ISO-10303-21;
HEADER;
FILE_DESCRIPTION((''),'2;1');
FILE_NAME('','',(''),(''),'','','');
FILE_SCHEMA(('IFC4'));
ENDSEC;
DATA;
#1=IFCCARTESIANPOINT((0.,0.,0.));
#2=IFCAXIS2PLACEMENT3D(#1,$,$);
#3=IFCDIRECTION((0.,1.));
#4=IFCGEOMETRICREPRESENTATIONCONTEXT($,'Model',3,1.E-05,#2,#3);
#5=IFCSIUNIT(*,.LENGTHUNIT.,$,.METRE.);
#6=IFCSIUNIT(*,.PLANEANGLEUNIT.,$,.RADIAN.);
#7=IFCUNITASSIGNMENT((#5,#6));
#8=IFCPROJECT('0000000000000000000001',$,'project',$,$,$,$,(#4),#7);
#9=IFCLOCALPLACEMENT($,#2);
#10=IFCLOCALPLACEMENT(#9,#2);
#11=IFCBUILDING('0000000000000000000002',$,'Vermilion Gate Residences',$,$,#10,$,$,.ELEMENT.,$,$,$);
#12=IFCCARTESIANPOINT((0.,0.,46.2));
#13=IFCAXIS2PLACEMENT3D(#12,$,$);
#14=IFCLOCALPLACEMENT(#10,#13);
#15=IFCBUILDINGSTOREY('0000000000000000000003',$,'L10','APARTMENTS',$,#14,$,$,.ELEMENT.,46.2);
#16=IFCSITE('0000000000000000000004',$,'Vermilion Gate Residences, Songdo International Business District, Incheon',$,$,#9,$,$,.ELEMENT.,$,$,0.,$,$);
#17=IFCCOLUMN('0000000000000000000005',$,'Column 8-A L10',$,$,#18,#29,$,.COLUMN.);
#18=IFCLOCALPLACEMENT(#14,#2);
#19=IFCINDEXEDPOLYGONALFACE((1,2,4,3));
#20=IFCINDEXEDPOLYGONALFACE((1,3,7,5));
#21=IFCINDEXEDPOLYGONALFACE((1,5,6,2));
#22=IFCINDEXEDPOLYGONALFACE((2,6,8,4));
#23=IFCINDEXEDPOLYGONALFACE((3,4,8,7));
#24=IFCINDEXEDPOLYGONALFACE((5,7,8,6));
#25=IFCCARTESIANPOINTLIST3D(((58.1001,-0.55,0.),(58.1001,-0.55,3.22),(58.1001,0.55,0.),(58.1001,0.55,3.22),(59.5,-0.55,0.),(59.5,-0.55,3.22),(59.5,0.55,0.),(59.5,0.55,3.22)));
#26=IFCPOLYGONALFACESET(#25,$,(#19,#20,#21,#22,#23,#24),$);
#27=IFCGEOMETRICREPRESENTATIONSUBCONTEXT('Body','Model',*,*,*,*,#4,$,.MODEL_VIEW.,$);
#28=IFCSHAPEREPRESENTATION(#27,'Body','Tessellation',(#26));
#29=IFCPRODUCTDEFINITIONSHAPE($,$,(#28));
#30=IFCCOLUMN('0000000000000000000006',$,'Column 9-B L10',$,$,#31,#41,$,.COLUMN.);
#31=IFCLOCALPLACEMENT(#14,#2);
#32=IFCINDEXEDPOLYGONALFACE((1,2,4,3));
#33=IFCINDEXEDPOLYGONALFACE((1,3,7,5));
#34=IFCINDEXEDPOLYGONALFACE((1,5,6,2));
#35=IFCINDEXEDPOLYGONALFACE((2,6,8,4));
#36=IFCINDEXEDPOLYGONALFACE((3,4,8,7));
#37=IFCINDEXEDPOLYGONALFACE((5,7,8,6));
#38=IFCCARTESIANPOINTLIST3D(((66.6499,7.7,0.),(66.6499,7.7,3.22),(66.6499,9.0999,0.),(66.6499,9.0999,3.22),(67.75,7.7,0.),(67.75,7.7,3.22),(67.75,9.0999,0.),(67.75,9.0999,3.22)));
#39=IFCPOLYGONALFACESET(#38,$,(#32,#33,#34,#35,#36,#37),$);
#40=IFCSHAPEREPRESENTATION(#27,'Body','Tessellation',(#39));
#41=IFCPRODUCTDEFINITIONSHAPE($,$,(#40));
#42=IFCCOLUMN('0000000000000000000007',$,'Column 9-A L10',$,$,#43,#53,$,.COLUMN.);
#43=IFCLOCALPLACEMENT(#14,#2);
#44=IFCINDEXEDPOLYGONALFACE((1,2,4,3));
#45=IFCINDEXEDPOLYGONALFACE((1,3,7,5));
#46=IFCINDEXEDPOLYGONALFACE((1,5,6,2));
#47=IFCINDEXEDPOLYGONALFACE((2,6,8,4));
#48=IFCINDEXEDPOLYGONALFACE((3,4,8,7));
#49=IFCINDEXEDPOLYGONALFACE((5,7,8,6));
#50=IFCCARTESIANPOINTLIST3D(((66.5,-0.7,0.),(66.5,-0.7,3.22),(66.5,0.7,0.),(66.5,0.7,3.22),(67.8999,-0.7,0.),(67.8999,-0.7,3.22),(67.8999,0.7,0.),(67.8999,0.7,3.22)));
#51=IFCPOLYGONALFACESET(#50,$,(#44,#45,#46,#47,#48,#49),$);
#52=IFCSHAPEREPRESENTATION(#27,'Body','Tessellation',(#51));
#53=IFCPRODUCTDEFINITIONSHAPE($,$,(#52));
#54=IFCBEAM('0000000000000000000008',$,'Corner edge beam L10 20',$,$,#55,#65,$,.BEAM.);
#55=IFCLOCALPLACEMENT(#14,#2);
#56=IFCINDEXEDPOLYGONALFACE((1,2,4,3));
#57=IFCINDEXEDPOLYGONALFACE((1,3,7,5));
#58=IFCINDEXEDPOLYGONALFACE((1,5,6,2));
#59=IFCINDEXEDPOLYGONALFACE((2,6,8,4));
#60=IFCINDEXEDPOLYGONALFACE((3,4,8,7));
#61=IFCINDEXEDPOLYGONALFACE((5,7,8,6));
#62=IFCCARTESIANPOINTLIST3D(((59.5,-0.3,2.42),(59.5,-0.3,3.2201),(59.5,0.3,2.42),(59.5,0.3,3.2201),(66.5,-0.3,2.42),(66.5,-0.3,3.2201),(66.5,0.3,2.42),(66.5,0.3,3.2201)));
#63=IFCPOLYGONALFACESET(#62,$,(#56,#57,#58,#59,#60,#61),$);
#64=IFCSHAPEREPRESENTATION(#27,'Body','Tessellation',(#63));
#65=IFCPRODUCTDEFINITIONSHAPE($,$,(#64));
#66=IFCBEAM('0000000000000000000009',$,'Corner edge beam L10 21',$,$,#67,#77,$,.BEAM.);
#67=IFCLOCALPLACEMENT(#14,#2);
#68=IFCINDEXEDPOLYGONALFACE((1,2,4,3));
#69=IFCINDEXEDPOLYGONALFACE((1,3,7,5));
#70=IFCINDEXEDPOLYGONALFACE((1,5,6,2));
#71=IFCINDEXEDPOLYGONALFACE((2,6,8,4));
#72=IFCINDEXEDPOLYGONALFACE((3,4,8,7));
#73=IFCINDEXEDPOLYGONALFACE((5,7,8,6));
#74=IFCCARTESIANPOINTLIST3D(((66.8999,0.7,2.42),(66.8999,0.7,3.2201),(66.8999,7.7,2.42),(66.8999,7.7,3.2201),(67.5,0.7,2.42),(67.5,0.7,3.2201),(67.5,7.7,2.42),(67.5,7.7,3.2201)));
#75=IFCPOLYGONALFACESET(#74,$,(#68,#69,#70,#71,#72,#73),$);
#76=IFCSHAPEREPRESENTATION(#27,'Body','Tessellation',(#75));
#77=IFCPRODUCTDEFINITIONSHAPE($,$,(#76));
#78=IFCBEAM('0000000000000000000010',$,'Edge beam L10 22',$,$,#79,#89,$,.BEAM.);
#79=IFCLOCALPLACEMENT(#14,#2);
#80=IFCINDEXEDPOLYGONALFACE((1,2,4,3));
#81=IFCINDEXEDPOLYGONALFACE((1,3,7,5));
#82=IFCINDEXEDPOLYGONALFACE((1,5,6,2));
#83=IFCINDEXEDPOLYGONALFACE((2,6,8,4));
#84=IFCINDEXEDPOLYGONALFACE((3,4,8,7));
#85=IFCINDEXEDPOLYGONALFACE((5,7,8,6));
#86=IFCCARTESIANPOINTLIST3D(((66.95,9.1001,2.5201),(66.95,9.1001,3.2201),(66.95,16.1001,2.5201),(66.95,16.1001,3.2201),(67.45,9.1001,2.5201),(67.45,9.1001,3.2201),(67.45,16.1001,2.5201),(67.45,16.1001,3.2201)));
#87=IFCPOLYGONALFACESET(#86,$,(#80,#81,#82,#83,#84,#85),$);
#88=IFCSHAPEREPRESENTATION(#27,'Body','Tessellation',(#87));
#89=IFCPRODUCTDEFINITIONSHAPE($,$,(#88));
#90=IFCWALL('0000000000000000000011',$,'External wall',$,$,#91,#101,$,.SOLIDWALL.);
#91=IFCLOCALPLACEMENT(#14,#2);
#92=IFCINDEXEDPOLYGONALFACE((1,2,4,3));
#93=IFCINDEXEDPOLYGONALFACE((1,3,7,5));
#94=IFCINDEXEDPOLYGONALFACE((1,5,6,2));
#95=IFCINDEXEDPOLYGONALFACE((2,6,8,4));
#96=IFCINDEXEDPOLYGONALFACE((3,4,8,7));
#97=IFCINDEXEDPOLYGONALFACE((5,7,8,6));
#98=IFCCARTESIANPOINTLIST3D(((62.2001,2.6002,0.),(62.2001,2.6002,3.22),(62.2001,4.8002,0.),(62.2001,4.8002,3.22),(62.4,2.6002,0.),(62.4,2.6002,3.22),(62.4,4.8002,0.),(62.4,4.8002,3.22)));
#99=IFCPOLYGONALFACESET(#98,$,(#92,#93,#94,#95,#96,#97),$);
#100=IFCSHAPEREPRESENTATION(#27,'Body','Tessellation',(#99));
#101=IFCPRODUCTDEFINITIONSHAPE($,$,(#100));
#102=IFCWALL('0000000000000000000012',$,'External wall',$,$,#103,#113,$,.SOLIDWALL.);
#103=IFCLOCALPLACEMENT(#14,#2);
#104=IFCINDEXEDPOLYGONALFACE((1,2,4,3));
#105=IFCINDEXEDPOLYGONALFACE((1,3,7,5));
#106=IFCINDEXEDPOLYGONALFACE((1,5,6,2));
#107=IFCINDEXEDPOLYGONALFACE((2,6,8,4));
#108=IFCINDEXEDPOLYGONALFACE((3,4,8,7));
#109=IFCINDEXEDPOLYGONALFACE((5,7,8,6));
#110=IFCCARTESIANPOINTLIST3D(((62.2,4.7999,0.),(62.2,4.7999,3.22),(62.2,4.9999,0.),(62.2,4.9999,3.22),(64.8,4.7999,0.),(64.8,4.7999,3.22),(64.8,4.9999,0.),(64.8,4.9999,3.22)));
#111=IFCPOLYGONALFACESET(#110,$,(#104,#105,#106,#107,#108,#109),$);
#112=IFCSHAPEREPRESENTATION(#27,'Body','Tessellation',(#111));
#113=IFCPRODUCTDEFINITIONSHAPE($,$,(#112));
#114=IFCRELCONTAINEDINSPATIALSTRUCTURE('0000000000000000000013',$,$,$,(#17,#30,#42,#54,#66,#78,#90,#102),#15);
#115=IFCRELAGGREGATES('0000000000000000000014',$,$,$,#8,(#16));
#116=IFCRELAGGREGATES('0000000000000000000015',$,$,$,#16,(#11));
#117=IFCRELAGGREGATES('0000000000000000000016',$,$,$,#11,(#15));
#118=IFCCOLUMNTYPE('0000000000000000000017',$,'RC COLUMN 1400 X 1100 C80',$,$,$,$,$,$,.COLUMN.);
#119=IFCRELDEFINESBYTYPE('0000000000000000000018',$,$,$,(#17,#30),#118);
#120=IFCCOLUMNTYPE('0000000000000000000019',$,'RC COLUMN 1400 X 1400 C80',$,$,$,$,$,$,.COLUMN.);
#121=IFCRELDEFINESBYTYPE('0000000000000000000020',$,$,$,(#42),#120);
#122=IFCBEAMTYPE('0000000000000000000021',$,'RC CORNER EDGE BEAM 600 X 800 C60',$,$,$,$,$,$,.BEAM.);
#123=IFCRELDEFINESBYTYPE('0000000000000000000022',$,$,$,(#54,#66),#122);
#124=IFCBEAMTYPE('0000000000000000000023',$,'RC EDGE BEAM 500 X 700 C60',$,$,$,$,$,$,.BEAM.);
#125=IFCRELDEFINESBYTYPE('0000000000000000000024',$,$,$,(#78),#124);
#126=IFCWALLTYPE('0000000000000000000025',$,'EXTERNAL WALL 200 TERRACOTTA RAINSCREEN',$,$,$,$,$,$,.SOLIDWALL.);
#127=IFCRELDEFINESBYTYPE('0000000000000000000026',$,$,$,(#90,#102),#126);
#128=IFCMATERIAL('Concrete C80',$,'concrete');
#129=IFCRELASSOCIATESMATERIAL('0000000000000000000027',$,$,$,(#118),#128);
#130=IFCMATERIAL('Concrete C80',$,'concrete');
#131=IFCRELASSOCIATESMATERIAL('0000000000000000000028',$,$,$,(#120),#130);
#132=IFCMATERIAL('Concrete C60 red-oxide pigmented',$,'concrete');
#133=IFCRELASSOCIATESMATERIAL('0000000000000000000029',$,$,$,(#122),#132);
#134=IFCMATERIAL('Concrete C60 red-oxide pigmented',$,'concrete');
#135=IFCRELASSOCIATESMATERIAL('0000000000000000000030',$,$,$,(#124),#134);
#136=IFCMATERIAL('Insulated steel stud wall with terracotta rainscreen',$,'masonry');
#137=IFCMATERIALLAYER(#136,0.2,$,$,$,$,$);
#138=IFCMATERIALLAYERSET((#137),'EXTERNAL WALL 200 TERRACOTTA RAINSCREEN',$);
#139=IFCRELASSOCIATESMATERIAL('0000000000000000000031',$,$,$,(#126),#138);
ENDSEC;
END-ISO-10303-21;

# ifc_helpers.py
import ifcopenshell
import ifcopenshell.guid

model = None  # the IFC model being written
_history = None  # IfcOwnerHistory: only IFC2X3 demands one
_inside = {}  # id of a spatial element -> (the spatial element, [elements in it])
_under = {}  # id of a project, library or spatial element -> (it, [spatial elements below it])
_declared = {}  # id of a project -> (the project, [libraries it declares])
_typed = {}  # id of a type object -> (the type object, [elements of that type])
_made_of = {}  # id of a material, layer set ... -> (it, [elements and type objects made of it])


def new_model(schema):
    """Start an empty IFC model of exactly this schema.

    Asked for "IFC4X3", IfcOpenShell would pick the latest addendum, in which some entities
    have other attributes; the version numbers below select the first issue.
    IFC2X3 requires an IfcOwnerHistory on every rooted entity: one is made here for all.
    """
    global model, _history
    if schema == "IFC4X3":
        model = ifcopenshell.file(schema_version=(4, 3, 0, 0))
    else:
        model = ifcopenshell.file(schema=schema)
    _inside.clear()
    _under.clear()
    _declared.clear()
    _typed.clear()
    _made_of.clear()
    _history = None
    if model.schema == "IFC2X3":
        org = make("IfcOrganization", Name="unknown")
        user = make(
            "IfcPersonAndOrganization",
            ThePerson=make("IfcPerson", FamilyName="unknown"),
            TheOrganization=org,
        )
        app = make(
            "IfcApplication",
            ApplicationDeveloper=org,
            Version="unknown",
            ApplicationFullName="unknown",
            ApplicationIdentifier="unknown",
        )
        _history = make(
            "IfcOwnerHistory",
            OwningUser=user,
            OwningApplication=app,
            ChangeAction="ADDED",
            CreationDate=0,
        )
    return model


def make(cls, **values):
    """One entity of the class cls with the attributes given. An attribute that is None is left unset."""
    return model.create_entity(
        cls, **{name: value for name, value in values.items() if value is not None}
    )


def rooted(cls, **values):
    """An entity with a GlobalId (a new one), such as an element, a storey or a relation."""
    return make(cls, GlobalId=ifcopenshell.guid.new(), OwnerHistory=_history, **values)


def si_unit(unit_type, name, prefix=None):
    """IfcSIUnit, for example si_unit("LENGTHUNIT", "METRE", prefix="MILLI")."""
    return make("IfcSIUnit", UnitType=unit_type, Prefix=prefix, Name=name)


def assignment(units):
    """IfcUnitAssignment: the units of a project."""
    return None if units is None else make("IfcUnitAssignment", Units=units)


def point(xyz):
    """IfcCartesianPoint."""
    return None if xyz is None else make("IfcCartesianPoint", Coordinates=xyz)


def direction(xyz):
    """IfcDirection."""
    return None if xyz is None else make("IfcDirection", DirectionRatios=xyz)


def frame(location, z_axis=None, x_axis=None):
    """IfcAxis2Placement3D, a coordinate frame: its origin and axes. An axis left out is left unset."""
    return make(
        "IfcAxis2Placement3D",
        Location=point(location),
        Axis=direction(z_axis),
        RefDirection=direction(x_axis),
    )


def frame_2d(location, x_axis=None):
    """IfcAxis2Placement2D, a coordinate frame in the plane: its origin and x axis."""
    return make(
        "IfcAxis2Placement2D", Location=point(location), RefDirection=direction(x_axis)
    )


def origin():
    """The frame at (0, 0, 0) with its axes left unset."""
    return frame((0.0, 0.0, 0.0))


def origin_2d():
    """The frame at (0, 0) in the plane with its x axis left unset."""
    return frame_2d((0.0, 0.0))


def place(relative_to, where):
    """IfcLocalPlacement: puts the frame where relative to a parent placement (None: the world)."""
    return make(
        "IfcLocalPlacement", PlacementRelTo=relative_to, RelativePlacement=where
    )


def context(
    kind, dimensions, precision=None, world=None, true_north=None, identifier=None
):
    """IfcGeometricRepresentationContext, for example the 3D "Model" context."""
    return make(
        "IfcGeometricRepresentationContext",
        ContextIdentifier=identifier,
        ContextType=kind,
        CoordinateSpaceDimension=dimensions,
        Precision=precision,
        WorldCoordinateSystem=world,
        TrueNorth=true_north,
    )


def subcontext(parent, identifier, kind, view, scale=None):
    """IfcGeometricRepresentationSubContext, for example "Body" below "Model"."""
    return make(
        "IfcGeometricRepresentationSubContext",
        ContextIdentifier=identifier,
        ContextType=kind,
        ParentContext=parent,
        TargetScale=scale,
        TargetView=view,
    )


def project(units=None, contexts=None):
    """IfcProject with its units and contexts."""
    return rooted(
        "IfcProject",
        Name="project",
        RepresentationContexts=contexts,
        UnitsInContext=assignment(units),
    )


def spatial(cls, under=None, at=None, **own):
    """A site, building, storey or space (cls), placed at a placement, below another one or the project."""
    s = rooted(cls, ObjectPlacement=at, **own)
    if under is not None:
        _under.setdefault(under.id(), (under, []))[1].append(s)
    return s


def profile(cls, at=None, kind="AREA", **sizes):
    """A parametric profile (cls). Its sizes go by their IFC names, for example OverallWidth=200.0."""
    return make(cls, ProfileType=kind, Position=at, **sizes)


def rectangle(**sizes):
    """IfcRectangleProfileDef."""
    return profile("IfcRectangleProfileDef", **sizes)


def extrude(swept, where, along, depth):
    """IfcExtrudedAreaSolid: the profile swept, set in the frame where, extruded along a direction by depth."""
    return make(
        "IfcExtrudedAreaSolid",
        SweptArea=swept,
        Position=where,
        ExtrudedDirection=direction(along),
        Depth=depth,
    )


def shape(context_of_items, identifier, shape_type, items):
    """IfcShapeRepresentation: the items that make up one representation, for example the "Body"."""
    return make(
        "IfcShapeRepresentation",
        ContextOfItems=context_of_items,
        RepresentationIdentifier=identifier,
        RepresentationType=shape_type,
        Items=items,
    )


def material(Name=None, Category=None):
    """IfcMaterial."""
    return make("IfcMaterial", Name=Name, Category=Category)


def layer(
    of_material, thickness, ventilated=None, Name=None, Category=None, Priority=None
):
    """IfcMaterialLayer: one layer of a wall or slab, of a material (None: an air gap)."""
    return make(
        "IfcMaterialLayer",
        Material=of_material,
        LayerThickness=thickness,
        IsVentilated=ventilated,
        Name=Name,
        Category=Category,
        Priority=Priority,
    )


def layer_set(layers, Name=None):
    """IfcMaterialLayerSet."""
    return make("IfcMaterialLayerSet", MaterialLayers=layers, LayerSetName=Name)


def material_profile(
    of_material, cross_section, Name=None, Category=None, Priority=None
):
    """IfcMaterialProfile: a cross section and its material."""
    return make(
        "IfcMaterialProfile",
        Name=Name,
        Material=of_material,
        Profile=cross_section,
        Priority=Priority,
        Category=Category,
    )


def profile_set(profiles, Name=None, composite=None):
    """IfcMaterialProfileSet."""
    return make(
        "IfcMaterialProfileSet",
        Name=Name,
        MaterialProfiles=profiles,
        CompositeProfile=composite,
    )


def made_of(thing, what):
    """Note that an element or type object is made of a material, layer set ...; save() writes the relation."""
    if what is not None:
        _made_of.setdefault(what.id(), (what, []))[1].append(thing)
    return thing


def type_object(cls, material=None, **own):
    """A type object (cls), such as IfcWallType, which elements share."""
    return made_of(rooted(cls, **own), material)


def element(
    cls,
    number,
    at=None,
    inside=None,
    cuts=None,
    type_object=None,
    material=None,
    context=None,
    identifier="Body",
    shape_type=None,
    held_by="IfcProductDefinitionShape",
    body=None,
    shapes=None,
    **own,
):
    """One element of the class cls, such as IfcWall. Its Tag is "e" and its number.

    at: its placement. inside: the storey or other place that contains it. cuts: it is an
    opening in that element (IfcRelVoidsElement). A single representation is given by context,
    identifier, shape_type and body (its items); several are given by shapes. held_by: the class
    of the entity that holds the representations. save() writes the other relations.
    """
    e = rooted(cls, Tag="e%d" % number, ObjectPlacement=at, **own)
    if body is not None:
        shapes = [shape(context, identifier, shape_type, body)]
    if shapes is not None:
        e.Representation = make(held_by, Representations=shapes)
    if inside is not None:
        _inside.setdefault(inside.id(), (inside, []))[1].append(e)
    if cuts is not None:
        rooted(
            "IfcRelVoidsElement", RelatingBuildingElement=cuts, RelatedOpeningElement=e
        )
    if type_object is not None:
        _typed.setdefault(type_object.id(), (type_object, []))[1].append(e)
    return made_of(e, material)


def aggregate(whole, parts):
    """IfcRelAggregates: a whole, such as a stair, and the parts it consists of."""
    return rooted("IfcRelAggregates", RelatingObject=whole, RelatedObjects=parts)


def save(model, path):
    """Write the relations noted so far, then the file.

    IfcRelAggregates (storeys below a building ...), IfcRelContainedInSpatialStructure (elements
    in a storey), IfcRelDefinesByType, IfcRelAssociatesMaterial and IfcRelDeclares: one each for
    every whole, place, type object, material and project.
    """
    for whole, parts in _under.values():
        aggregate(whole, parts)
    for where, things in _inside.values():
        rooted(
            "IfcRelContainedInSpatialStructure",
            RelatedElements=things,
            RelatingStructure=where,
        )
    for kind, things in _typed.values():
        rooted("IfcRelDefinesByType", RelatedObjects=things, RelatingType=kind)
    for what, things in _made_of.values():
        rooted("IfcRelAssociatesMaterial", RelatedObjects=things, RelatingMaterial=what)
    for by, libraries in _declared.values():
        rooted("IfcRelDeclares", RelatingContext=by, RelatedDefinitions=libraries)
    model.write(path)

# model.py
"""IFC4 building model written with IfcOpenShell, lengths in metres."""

from ifc_helpers import new_model, si_unit, direction, frame, frame_2d, origin, origin_2d, place, context, subcontext, project, spatial, rectangle, extrude, material, layer, layer_set, material_profile, profile_set, type_object, element, save


model = new_model("IFC4")

# Units and contexts
model_context = context("Model", 3, precision=1e-05, world=origin(), true_north=direction((0.0, 1.0)))
body_context = subcontext(model_context, "Body", "Model", "MODEL_VIEW")
ifc_project = project(units=[si_unit("LENGTHUNIT", "METRE"), si_unit("PLANEANGLEUNIT", "RADIAN")], contexts=[model_context])

# Site, building, storey
site_placement = place(None, origin())
site = spatial("IfcSite", under=ifc_project, at=site_placement, Name="Vermilion Gate Residences, Songdo International Business District, Incheon", CompositionType="ELEMENT", RefElevation=0.0)
building_placement = place(site_placement, origin())
building = spatial("IfcBuilding", under=site, at=building_placement, Name="Vermilion Gate Residences", CompositionType="ELEMENT")
storey_placement = place(building_placement, frame((0.0, 0.0, 46.2)))
storey = spatial("IfcBuildingStorey", under=building, at=storey_placement, Name="L10", Description="APARTMENTS", CompositionType="ELEMENT", Elevation=46.2)

# Columns
ifc_material_1 = material(Name="Concrete C80", Category="concrete")
ifc_material_profile_1 = material_profile(ifc_material_1, rectangle(XDim=1.3999, YDim=1.1001, at=origin_2d()), Name="RC-1400x1100")
ifc_profile_set_1 = profile_set([ifc_material_profile_1], Name="Concrete C80")
column_type_1 = type_object("IfcColumnType", Name="RC COLUMN 1400 X 1100 C80", PredefinedType="COLUMN", material=ifc_profile_set_1)
for number, where, z_axis, x_axis, name in (
    (1, (58.8, 0.0, 0.0), (0.0, 0.0, 1.0), (1.0, 0.0, 0.0), "Column 8-A L10"),
    (2, (67.2, 8.3999, 0.0), (0.0, 0.0, 1.0), (0.0, 1.0, 0.0), "Column 9-B L10"),
):
    element("IfcColumn", number, at=place(storey_placement, frame(where, z_axis=z_axis, x_axis=x_axis)), inside=storey, type_object=column_type_1, Name=name, PredefinedType="COLUMN", context=body_context, shape_type="SweptSolid", body=[
        extrude(rectangle(XDim=1.3999, YDim=1.1001, at=origin_2d()), origin(), (0.0, 0.0, 1.0), 3.22),
    ])
ifc_material_2 = material(Name="Concrete C80", Category="concrete")
ifc_material_profile_2 = material_profile(ifc_material_2, rectangle(XDim=1.3999, YDim=1.3999, at=origin_2d()), Name="RC-1400x1400")
ifc_profile_set_2 = profile_set([ifc_material_profile_2], Name="Concrete C80")
column_type_2 = type_object("IfcColumnType", Name="RC COLUMN 1400 X 1400 C80", PredefinedType="COLUMN", material=ifc_profile_set_2)
column_placement = place(storey_placement, frame((67.2, 0.0, 0.0), z_axis=(0.0, 0.0, 1.0), x_axis=(1.0, 0.0, 0.0)))
element("IfcColumn", 3, at=column_placement, inside=storey, type_object=column_type_2, Name="Column 9-A L10", PredefinedType="COLUMN", context=body_context, shape_type="SweptSolid", body=[
    extrude(rectangle(XDim=1.3999, YDim=1.3999, at=origin_2d()), origin(), (0.0, 0.0, 1.0), 3.22),
])

# Beams
ifc_material_3 = material(Name="Concrete C60 red-oxide pigmented", Category="concrete")
ifc_material_profile_3 = material_profile(ifc_material_3, rectangle(XDim=0.6001, YDim=0.8, at=origin_2d()), Name="RC-600x800")
ifc_profile_set_3 = profile_set([ifc_material_profile_3], Name="Concrete C60 red-oxide pigmented")
beam_type_1 = type_object("IfcBeamType", Name="RC CORNER EDGE BEAM 600 X 800 C60", PredefinedType="BEAM", material=ifc_profile_set_3)
for number, where, z_axis, x_axis, name in (
    (4, (59.5, 0.0, 2.8201), (1.0, 0.0, 0.0), (0.0, 1.0, 0.0), "Corner edge beam L10 20"),
    (5, (67.2, 0.7, 2.8201), (0.0, 1.0, 0.0), (-1.0, 0.0, 0.0), "Corner edge beam L10 21"),
):
    element("IfcBeam", number, at=place(storey_placement, frame(where, z_axis=z_axis, x_axis=x_axis)), inside=storey, type_object=beam_type_1, Name=name, PredefinedType="BEAM", context=body_context, shape_type="SweptSolid", body=[
        extrude(rectangle(XDim=0.6001, YDim=0.8, at=origin_2d()), origin(), (0.0, 0.0, 1.0), 7.0),
    ])
ifc_material_4 = material(Name="Concrete C60 red-oxide pigmented", Category="concrete")
ifc_material_profile_4 = material_profile(ifc_material_4, rectangle(XDim=0.5, YDim=0.7, at=origin_2d()), Name="RC-500x700")
ifc_profile_set_4 = profile_set([ifc_material_profile_4], Name="Concrete C60 red-oxide pigmented")
beam_type_2 = type_object("IfcBeamType", Name="RC EDGE BEAM 500 X 700 C60", PredefinedType="BEAM", material=ifc_profile_set_4)
beam_placement = place(storey_placement, frame((67.2, 9.1001, 2.8701), z_axis=(0.0, 1.0, 0.0), x_axis=(-1.0, 0.0, 0.0)))
element("IfcBeam", 6, at=beam_placement, inside=storey, type_object=beam_type_2, Name="Edge beam L10 22", PredefinedType="BEAM", context=body_context, shape_type="SweptSolid", body=[
    extrude(rectangle(XDim=0.5, YDim=0.7, at=origin_2d()), origin(), (0.0, 0.0, 1.0), 7.0),
])

# Walls
ifc_material_5 = material(Name="Insulated steel stud wall with terracotta rainscreen", Category="masonry")
ifc_layer_1 = layer(ifc_material_5, 0.2)
ifc_layer_set_1 = layer_set([ifc_layer_1], Name="EXTERNAL WALL 200 TERRACOTTA RAINSCREEN")
wall_type_1 = type_object("IfcWallType", Name="EXTERNAL WALL 200 TERRACOTTA RAINSCREEN", PredefinedType="SOLIDWALL", material=ifc_layer_set_1)
wall_1_placement = place(storey_placement, frame((62.3, 2.6001, 0.0), z_axis=(0.0, 0.0, 1.0), x_axis=(0.0, 1.0, 0.0)))
element("IfcWall", 7, at=wall_1_placement, inside=storey, type_object=wall_type_1, Name="External wall", PredefinedType="SOLIDWALL", context=body_context, shape_type="SweptSolid", body=[
    extrude(rectangle(XDim=2.2, YDim=0.2, at=frame_2d((1.1001, 0.0))), origin(), (0.0, 0.0, 1.0), 3.22),
])
wall_2_placement = place(storey_placement, frame((62.2, 4.8999, 0.0), z_axis=(0.0, 0.0, 1.0), x_axis=(1.0, 0.0, 0.0)))
element("IfcWall", 8, at=wall_2_placement, inside=storey, type_object=wall_type_1, Name="External wall", PredefinedType="SOLIDWALL", context=body_context, shape_type="SweptSolid", body=[
    extrude(rectangle(XDim=2.6001, YDim=0.2, at=frame_2d((1.3, 0.0))), origin(), (0.0, 0.0, 1.0), 3.22),
])

save(model, "model.ifc")
